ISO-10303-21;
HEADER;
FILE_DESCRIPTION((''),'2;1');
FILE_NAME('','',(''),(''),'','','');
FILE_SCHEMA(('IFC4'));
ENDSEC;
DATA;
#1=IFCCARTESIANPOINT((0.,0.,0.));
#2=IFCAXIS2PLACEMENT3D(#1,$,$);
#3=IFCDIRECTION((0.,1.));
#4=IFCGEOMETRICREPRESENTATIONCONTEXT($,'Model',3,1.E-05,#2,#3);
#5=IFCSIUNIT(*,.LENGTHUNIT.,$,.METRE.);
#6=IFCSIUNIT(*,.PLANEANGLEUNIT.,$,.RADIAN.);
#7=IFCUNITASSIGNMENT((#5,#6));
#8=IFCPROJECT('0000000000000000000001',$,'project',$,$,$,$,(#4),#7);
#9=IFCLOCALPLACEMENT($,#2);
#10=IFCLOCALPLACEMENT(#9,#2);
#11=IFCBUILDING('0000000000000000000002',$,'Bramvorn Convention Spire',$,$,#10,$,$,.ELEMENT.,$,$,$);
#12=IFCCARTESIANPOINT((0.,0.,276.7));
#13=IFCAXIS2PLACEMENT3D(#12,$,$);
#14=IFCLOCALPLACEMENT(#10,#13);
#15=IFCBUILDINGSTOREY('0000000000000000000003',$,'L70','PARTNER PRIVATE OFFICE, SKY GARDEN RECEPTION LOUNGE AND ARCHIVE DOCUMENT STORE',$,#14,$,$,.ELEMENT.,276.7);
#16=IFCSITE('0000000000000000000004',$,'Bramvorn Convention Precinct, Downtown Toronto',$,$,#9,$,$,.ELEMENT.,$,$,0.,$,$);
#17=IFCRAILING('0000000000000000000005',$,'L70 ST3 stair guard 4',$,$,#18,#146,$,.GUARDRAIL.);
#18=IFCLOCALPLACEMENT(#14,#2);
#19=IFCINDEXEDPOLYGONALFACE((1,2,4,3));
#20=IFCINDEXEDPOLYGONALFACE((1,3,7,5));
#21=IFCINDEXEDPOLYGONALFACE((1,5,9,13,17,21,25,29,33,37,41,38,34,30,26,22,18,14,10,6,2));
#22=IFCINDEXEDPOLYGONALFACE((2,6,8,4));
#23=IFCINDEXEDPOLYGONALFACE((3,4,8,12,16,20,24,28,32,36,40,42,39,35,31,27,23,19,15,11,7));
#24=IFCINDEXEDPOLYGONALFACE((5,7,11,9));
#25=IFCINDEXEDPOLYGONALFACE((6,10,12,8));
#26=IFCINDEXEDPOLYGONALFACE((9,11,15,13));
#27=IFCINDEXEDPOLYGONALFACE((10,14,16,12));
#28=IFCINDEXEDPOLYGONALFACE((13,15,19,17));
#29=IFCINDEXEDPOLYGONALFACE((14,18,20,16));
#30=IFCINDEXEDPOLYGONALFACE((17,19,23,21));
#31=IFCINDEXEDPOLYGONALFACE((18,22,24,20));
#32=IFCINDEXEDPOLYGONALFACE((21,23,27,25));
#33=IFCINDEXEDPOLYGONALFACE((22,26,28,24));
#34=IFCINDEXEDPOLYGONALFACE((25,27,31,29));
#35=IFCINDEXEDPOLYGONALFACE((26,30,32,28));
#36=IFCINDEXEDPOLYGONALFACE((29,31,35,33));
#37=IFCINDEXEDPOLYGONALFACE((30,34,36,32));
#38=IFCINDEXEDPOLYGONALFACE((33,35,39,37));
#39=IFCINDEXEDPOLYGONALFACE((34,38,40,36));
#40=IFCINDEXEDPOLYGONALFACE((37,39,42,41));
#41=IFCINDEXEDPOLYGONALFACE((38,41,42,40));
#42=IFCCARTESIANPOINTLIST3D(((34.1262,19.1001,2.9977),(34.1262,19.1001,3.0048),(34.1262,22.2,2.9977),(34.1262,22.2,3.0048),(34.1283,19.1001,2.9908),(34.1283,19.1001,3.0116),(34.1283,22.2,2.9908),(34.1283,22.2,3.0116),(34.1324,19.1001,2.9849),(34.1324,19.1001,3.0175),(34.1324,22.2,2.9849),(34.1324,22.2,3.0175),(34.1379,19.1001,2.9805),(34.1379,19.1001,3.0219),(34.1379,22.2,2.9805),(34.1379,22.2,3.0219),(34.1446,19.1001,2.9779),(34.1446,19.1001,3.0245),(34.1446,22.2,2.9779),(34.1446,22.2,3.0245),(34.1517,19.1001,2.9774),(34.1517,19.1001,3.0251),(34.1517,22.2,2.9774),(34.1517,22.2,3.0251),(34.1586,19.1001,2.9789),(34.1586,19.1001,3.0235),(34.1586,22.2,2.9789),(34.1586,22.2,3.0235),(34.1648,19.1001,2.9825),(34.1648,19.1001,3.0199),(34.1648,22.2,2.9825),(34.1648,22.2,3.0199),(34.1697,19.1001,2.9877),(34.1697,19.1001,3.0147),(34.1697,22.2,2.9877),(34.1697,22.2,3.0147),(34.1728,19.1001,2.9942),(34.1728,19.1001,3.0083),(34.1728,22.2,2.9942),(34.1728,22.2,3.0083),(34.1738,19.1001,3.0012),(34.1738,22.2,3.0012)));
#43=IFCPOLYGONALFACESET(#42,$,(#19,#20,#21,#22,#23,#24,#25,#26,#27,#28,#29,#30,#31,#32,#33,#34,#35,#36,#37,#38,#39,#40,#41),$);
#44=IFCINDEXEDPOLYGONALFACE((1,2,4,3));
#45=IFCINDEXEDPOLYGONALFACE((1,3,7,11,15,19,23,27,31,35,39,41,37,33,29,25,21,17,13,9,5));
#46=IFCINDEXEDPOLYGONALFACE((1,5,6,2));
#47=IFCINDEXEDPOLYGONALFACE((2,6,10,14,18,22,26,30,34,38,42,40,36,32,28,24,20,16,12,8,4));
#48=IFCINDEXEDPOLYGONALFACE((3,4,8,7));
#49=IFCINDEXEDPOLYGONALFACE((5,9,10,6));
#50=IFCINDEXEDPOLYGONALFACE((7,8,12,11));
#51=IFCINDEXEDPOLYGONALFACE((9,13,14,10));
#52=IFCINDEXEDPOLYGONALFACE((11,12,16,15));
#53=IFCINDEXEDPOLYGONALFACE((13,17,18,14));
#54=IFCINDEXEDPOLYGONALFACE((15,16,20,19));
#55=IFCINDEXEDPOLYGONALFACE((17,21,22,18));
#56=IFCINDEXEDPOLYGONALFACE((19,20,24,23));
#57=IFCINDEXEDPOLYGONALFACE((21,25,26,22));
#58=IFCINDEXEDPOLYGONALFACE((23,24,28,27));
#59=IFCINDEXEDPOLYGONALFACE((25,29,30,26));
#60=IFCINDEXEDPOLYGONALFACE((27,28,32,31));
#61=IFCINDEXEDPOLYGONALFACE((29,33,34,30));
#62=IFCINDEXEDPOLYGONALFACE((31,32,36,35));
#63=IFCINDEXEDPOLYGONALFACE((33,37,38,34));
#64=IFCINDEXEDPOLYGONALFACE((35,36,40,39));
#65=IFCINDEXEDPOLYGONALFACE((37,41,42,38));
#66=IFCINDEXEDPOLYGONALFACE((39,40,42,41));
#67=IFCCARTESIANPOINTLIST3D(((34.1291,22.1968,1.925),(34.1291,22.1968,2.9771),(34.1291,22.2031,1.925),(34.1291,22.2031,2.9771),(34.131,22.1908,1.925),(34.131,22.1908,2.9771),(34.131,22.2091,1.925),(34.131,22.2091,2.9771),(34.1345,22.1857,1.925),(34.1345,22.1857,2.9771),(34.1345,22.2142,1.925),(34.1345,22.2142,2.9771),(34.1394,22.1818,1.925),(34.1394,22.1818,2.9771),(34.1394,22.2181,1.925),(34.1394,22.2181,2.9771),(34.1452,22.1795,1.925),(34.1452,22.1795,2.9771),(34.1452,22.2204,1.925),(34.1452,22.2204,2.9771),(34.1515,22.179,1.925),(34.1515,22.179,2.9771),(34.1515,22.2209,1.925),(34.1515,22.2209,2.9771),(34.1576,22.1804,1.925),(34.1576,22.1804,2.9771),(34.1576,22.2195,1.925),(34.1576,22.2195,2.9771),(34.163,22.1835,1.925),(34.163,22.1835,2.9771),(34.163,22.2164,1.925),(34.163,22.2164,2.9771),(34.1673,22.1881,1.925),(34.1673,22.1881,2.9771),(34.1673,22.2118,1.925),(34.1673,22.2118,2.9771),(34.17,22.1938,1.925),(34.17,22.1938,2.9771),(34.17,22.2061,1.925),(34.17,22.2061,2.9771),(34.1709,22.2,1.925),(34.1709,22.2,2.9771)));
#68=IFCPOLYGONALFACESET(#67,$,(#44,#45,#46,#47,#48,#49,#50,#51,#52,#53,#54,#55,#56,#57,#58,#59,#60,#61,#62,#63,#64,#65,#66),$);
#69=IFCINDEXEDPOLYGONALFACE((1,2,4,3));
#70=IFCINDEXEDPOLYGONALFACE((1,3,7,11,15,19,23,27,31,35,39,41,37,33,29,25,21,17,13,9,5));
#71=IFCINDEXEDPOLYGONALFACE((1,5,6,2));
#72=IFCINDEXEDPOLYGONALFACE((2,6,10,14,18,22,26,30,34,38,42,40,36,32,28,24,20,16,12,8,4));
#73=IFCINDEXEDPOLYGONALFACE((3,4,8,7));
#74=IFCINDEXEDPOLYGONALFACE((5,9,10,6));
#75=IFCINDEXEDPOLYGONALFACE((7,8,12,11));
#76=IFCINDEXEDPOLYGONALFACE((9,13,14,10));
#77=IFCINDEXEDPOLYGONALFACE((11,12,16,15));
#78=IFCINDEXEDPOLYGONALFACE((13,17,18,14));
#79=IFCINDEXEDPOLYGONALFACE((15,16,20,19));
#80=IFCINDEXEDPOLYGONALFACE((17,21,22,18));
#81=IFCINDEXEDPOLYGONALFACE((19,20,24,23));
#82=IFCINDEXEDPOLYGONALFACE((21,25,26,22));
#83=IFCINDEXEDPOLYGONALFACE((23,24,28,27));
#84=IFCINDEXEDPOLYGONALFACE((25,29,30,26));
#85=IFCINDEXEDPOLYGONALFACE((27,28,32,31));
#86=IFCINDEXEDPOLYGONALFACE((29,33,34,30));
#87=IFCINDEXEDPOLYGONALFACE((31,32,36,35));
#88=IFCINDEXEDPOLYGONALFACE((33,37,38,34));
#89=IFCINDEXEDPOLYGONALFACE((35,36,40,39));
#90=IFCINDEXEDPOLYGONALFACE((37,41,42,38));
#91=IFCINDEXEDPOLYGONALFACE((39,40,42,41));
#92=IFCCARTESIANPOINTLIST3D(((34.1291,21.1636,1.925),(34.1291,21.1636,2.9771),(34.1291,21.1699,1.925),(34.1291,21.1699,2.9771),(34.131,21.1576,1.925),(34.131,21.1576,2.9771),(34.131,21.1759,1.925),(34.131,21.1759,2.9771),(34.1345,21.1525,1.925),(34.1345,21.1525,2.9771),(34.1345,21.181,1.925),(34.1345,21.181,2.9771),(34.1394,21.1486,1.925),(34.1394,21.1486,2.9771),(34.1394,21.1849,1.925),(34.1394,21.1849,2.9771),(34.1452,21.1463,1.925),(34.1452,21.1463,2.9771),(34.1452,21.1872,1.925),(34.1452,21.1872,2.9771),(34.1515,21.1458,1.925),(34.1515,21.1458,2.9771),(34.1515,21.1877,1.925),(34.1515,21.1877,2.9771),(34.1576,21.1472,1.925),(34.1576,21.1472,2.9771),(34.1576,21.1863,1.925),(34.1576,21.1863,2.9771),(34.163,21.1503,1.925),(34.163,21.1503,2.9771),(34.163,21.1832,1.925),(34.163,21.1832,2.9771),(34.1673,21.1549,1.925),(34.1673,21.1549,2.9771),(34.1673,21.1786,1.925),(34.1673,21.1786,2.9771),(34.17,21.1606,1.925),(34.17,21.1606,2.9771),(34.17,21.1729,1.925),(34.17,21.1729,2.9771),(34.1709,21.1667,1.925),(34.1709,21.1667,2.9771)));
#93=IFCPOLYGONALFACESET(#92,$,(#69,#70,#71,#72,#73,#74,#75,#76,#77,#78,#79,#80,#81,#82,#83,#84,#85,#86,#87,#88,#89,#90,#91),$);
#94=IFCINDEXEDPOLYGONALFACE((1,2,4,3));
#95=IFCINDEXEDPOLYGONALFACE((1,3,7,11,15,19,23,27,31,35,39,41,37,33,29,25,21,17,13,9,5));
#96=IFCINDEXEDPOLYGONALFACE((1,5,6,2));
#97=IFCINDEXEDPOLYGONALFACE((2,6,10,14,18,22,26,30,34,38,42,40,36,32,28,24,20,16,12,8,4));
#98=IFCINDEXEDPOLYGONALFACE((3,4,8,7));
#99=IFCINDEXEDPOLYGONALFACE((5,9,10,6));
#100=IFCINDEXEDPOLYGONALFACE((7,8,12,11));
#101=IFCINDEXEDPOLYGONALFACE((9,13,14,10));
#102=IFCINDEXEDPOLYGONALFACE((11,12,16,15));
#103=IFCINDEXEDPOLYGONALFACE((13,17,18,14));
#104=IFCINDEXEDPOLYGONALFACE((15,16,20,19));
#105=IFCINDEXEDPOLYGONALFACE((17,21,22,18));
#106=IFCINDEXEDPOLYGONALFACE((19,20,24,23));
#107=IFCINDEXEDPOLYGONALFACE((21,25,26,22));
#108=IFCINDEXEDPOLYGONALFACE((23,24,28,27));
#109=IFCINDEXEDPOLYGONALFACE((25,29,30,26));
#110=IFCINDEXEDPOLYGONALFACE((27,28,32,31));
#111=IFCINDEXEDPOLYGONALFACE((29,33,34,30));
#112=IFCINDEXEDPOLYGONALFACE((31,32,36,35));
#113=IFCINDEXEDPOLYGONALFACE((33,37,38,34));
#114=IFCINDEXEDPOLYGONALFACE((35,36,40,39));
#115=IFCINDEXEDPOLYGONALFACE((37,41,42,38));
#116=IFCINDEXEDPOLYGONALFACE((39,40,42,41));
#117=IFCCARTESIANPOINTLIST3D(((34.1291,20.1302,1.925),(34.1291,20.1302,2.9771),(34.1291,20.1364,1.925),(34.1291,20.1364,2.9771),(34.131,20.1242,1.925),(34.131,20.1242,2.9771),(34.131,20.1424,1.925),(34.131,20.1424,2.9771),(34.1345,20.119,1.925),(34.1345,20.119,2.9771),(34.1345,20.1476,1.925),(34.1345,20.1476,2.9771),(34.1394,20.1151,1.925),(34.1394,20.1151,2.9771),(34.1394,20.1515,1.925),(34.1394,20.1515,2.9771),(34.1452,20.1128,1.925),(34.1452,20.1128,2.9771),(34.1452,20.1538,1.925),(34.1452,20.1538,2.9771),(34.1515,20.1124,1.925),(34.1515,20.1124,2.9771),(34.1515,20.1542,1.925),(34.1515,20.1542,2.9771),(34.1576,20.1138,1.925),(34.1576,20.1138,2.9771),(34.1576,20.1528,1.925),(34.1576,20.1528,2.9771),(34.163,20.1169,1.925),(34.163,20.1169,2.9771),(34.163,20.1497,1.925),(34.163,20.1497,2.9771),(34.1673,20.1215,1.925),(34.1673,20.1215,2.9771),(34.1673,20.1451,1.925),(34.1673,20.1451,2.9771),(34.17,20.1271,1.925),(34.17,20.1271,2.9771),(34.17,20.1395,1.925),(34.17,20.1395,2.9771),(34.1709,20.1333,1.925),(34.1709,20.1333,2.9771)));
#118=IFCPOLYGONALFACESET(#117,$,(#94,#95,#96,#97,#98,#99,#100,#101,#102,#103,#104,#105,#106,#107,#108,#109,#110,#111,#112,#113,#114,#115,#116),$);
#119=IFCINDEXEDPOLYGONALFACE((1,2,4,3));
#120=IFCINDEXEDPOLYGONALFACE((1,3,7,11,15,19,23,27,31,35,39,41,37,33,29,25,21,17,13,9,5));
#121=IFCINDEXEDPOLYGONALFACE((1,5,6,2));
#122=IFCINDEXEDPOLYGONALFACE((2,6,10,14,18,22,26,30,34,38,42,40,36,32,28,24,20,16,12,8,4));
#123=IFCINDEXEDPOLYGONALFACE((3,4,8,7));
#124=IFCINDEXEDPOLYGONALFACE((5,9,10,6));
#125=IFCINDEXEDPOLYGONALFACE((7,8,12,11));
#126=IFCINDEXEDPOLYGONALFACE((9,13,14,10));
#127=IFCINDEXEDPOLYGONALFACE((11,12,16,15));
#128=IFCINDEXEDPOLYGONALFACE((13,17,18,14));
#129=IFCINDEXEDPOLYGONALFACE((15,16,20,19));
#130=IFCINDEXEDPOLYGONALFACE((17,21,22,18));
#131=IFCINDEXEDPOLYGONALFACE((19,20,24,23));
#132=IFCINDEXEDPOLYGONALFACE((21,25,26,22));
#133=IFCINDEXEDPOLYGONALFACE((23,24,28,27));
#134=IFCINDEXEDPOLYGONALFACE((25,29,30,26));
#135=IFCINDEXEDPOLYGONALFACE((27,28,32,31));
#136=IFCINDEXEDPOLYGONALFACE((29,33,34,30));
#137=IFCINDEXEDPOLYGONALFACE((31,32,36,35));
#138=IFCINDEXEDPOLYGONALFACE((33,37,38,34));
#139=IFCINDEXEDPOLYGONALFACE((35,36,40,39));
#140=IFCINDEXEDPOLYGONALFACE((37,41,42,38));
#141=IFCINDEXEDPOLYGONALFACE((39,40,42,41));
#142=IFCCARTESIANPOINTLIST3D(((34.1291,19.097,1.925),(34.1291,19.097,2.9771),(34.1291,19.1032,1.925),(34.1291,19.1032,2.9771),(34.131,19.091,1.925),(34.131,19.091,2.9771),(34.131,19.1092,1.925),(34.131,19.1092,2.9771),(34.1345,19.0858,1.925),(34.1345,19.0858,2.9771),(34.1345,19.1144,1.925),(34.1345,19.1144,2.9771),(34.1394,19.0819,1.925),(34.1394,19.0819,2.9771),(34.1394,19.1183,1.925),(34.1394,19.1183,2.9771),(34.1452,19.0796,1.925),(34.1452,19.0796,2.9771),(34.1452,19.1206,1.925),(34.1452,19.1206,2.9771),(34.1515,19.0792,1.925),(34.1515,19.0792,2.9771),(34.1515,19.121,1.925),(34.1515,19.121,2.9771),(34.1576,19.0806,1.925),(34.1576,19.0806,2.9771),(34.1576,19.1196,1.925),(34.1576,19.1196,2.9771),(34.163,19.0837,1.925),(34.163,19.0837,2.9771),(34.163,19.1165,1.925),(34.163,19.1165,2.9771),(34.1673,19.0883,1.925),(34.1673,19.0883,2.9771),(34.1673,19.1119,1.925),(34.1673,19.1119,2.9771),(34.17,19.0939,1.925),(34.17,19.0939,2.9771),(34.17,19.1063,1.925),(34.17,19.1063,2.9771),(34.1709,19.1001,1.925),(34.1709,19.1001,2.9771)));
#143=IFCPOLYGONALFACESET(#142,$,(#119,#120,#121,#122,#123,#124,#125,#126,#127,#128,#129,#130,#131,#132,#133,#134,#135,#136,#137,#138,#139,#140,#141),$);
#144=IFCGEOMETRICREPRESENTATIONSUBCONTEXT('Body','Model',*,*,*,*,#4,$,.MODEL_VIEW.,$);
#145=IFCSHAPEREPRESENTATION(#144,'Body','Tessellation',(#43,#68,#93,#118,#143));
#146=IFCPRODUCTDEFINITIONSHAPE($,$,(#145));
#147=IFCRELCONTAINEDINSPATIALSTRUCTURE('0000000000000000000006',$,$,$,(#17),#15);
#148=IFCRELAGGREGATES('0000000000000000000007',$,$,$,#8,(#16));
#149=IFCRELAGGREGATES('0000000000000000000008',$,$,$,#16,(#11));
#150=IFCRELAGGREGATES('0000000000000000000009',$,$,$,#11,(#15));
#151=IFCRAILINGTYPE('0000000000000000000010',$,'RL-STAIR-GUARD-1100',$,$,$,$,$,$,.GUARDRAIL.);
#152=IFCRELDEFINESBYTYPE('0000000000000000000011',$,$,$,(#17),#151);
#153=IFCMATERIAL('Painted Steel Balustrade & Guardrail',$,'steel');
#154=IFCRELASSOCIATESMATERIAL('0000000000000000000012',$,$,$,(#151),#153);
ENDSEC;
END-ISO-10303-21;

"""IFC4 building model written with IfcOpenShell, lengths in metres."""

from ifc_helpers import new_model, si_unit, direction, frame, origin, origin_2d, place, context, subcontext, project, spatial, circle, extrude, material, type_object, element, save


model = new_model("IFC4")

# Units and contexts
model_context = context("Model", 3, precision=1e-05, world=origin(), true_north=direction((0.0, 1.0)))
body_context = subcontext(model_context, "Body", "Model", "MODEL_VIEW")
ifc_project = project(units=[si_unit("LENGTHUNIT", "METRE"), si_unit("PLANEANGLEUNIT", "RADIAN")], contexts=[model_context])

# Site, building, storey
site_placement = place(None, origin())
site = spatial("IfcSite", under=ifc_project, at=site_placement, Name="Bramvorn Convention Precinct, Downtown Toronto", CompositionType="ELEMENT", RefElevation=0.0)
building_placement = place(site_placement, origin())
building = spatial("IfcBuilding", under=site, at=building_placement, Name="Bramvorn Convention Spire", CompositionType="ELEMENT")
storey_placement = place(building_placement, frame((0.0, 0.0, 276.7)))
storey = spatial("IfcBuildingStorey", under=building, at=storey_placement, Name="L70", Description="PARTNER PRIVATE OFFICE, SKY GARDEN RECEPTION LOUNGE AND ARCHIVE DOCUMENT STORE", CompositionType="ELEMENT", Elevation=276.7)

# Railing
ifc_material_1 = material(Name="Painted Steel Balustrade & Guardrail", Category="steel")
railing_type_1 = type_object("IfcRailingType", Name="RL-STAIR-GUARD-1100", PredefinedType="GUARDRAIL", material=ifc_material_1)
for number, where, name in (
    (1, (34.1499, 22.2, 1.925), "L70 ST3 stair guard 4"),
):
    element("IfcRailing", number, at=place(storey_placement, frame(where)), inside=storey, type_object=railing_type_1, Name=name, PredefinedType="GUARDRAIL", context=body_context, shape_type="SweptSolid", body=[
        extrude(circle(Radius=0.0239, at=origin_2d()), frame((0.0, 0.0, 1.0762), z_axis=(0.0, -1.0, 0.0), x_axis=(1.0, 0.0, 0.0)), (0.0, 0.0, 1.0), 3.0999),
        extrude(circle(Radius=0.021, at=origin_2d()), origin(), (0.0, 0.0, 1.0), 1.052),
        extrude(circle(Radius=0.021, at=origin_2d()), frame((0.0, -1.0332, 0.0)), (0.0, 0.0, 1.0), 1.052),
        extrude(circle(Radius=0.021, at=origin_2d()), frame((0.0, -2.0667, 0.0)), (0.0, 0.0, 1.0), 1.052),
        extrude(circle(Radius=0.021, at=origin_2d()), frame((0.0, -3.0999, 0.0)), (0.0, 0.0, 1.0), 1.052),
    ])

save(model, "model.ifc")
